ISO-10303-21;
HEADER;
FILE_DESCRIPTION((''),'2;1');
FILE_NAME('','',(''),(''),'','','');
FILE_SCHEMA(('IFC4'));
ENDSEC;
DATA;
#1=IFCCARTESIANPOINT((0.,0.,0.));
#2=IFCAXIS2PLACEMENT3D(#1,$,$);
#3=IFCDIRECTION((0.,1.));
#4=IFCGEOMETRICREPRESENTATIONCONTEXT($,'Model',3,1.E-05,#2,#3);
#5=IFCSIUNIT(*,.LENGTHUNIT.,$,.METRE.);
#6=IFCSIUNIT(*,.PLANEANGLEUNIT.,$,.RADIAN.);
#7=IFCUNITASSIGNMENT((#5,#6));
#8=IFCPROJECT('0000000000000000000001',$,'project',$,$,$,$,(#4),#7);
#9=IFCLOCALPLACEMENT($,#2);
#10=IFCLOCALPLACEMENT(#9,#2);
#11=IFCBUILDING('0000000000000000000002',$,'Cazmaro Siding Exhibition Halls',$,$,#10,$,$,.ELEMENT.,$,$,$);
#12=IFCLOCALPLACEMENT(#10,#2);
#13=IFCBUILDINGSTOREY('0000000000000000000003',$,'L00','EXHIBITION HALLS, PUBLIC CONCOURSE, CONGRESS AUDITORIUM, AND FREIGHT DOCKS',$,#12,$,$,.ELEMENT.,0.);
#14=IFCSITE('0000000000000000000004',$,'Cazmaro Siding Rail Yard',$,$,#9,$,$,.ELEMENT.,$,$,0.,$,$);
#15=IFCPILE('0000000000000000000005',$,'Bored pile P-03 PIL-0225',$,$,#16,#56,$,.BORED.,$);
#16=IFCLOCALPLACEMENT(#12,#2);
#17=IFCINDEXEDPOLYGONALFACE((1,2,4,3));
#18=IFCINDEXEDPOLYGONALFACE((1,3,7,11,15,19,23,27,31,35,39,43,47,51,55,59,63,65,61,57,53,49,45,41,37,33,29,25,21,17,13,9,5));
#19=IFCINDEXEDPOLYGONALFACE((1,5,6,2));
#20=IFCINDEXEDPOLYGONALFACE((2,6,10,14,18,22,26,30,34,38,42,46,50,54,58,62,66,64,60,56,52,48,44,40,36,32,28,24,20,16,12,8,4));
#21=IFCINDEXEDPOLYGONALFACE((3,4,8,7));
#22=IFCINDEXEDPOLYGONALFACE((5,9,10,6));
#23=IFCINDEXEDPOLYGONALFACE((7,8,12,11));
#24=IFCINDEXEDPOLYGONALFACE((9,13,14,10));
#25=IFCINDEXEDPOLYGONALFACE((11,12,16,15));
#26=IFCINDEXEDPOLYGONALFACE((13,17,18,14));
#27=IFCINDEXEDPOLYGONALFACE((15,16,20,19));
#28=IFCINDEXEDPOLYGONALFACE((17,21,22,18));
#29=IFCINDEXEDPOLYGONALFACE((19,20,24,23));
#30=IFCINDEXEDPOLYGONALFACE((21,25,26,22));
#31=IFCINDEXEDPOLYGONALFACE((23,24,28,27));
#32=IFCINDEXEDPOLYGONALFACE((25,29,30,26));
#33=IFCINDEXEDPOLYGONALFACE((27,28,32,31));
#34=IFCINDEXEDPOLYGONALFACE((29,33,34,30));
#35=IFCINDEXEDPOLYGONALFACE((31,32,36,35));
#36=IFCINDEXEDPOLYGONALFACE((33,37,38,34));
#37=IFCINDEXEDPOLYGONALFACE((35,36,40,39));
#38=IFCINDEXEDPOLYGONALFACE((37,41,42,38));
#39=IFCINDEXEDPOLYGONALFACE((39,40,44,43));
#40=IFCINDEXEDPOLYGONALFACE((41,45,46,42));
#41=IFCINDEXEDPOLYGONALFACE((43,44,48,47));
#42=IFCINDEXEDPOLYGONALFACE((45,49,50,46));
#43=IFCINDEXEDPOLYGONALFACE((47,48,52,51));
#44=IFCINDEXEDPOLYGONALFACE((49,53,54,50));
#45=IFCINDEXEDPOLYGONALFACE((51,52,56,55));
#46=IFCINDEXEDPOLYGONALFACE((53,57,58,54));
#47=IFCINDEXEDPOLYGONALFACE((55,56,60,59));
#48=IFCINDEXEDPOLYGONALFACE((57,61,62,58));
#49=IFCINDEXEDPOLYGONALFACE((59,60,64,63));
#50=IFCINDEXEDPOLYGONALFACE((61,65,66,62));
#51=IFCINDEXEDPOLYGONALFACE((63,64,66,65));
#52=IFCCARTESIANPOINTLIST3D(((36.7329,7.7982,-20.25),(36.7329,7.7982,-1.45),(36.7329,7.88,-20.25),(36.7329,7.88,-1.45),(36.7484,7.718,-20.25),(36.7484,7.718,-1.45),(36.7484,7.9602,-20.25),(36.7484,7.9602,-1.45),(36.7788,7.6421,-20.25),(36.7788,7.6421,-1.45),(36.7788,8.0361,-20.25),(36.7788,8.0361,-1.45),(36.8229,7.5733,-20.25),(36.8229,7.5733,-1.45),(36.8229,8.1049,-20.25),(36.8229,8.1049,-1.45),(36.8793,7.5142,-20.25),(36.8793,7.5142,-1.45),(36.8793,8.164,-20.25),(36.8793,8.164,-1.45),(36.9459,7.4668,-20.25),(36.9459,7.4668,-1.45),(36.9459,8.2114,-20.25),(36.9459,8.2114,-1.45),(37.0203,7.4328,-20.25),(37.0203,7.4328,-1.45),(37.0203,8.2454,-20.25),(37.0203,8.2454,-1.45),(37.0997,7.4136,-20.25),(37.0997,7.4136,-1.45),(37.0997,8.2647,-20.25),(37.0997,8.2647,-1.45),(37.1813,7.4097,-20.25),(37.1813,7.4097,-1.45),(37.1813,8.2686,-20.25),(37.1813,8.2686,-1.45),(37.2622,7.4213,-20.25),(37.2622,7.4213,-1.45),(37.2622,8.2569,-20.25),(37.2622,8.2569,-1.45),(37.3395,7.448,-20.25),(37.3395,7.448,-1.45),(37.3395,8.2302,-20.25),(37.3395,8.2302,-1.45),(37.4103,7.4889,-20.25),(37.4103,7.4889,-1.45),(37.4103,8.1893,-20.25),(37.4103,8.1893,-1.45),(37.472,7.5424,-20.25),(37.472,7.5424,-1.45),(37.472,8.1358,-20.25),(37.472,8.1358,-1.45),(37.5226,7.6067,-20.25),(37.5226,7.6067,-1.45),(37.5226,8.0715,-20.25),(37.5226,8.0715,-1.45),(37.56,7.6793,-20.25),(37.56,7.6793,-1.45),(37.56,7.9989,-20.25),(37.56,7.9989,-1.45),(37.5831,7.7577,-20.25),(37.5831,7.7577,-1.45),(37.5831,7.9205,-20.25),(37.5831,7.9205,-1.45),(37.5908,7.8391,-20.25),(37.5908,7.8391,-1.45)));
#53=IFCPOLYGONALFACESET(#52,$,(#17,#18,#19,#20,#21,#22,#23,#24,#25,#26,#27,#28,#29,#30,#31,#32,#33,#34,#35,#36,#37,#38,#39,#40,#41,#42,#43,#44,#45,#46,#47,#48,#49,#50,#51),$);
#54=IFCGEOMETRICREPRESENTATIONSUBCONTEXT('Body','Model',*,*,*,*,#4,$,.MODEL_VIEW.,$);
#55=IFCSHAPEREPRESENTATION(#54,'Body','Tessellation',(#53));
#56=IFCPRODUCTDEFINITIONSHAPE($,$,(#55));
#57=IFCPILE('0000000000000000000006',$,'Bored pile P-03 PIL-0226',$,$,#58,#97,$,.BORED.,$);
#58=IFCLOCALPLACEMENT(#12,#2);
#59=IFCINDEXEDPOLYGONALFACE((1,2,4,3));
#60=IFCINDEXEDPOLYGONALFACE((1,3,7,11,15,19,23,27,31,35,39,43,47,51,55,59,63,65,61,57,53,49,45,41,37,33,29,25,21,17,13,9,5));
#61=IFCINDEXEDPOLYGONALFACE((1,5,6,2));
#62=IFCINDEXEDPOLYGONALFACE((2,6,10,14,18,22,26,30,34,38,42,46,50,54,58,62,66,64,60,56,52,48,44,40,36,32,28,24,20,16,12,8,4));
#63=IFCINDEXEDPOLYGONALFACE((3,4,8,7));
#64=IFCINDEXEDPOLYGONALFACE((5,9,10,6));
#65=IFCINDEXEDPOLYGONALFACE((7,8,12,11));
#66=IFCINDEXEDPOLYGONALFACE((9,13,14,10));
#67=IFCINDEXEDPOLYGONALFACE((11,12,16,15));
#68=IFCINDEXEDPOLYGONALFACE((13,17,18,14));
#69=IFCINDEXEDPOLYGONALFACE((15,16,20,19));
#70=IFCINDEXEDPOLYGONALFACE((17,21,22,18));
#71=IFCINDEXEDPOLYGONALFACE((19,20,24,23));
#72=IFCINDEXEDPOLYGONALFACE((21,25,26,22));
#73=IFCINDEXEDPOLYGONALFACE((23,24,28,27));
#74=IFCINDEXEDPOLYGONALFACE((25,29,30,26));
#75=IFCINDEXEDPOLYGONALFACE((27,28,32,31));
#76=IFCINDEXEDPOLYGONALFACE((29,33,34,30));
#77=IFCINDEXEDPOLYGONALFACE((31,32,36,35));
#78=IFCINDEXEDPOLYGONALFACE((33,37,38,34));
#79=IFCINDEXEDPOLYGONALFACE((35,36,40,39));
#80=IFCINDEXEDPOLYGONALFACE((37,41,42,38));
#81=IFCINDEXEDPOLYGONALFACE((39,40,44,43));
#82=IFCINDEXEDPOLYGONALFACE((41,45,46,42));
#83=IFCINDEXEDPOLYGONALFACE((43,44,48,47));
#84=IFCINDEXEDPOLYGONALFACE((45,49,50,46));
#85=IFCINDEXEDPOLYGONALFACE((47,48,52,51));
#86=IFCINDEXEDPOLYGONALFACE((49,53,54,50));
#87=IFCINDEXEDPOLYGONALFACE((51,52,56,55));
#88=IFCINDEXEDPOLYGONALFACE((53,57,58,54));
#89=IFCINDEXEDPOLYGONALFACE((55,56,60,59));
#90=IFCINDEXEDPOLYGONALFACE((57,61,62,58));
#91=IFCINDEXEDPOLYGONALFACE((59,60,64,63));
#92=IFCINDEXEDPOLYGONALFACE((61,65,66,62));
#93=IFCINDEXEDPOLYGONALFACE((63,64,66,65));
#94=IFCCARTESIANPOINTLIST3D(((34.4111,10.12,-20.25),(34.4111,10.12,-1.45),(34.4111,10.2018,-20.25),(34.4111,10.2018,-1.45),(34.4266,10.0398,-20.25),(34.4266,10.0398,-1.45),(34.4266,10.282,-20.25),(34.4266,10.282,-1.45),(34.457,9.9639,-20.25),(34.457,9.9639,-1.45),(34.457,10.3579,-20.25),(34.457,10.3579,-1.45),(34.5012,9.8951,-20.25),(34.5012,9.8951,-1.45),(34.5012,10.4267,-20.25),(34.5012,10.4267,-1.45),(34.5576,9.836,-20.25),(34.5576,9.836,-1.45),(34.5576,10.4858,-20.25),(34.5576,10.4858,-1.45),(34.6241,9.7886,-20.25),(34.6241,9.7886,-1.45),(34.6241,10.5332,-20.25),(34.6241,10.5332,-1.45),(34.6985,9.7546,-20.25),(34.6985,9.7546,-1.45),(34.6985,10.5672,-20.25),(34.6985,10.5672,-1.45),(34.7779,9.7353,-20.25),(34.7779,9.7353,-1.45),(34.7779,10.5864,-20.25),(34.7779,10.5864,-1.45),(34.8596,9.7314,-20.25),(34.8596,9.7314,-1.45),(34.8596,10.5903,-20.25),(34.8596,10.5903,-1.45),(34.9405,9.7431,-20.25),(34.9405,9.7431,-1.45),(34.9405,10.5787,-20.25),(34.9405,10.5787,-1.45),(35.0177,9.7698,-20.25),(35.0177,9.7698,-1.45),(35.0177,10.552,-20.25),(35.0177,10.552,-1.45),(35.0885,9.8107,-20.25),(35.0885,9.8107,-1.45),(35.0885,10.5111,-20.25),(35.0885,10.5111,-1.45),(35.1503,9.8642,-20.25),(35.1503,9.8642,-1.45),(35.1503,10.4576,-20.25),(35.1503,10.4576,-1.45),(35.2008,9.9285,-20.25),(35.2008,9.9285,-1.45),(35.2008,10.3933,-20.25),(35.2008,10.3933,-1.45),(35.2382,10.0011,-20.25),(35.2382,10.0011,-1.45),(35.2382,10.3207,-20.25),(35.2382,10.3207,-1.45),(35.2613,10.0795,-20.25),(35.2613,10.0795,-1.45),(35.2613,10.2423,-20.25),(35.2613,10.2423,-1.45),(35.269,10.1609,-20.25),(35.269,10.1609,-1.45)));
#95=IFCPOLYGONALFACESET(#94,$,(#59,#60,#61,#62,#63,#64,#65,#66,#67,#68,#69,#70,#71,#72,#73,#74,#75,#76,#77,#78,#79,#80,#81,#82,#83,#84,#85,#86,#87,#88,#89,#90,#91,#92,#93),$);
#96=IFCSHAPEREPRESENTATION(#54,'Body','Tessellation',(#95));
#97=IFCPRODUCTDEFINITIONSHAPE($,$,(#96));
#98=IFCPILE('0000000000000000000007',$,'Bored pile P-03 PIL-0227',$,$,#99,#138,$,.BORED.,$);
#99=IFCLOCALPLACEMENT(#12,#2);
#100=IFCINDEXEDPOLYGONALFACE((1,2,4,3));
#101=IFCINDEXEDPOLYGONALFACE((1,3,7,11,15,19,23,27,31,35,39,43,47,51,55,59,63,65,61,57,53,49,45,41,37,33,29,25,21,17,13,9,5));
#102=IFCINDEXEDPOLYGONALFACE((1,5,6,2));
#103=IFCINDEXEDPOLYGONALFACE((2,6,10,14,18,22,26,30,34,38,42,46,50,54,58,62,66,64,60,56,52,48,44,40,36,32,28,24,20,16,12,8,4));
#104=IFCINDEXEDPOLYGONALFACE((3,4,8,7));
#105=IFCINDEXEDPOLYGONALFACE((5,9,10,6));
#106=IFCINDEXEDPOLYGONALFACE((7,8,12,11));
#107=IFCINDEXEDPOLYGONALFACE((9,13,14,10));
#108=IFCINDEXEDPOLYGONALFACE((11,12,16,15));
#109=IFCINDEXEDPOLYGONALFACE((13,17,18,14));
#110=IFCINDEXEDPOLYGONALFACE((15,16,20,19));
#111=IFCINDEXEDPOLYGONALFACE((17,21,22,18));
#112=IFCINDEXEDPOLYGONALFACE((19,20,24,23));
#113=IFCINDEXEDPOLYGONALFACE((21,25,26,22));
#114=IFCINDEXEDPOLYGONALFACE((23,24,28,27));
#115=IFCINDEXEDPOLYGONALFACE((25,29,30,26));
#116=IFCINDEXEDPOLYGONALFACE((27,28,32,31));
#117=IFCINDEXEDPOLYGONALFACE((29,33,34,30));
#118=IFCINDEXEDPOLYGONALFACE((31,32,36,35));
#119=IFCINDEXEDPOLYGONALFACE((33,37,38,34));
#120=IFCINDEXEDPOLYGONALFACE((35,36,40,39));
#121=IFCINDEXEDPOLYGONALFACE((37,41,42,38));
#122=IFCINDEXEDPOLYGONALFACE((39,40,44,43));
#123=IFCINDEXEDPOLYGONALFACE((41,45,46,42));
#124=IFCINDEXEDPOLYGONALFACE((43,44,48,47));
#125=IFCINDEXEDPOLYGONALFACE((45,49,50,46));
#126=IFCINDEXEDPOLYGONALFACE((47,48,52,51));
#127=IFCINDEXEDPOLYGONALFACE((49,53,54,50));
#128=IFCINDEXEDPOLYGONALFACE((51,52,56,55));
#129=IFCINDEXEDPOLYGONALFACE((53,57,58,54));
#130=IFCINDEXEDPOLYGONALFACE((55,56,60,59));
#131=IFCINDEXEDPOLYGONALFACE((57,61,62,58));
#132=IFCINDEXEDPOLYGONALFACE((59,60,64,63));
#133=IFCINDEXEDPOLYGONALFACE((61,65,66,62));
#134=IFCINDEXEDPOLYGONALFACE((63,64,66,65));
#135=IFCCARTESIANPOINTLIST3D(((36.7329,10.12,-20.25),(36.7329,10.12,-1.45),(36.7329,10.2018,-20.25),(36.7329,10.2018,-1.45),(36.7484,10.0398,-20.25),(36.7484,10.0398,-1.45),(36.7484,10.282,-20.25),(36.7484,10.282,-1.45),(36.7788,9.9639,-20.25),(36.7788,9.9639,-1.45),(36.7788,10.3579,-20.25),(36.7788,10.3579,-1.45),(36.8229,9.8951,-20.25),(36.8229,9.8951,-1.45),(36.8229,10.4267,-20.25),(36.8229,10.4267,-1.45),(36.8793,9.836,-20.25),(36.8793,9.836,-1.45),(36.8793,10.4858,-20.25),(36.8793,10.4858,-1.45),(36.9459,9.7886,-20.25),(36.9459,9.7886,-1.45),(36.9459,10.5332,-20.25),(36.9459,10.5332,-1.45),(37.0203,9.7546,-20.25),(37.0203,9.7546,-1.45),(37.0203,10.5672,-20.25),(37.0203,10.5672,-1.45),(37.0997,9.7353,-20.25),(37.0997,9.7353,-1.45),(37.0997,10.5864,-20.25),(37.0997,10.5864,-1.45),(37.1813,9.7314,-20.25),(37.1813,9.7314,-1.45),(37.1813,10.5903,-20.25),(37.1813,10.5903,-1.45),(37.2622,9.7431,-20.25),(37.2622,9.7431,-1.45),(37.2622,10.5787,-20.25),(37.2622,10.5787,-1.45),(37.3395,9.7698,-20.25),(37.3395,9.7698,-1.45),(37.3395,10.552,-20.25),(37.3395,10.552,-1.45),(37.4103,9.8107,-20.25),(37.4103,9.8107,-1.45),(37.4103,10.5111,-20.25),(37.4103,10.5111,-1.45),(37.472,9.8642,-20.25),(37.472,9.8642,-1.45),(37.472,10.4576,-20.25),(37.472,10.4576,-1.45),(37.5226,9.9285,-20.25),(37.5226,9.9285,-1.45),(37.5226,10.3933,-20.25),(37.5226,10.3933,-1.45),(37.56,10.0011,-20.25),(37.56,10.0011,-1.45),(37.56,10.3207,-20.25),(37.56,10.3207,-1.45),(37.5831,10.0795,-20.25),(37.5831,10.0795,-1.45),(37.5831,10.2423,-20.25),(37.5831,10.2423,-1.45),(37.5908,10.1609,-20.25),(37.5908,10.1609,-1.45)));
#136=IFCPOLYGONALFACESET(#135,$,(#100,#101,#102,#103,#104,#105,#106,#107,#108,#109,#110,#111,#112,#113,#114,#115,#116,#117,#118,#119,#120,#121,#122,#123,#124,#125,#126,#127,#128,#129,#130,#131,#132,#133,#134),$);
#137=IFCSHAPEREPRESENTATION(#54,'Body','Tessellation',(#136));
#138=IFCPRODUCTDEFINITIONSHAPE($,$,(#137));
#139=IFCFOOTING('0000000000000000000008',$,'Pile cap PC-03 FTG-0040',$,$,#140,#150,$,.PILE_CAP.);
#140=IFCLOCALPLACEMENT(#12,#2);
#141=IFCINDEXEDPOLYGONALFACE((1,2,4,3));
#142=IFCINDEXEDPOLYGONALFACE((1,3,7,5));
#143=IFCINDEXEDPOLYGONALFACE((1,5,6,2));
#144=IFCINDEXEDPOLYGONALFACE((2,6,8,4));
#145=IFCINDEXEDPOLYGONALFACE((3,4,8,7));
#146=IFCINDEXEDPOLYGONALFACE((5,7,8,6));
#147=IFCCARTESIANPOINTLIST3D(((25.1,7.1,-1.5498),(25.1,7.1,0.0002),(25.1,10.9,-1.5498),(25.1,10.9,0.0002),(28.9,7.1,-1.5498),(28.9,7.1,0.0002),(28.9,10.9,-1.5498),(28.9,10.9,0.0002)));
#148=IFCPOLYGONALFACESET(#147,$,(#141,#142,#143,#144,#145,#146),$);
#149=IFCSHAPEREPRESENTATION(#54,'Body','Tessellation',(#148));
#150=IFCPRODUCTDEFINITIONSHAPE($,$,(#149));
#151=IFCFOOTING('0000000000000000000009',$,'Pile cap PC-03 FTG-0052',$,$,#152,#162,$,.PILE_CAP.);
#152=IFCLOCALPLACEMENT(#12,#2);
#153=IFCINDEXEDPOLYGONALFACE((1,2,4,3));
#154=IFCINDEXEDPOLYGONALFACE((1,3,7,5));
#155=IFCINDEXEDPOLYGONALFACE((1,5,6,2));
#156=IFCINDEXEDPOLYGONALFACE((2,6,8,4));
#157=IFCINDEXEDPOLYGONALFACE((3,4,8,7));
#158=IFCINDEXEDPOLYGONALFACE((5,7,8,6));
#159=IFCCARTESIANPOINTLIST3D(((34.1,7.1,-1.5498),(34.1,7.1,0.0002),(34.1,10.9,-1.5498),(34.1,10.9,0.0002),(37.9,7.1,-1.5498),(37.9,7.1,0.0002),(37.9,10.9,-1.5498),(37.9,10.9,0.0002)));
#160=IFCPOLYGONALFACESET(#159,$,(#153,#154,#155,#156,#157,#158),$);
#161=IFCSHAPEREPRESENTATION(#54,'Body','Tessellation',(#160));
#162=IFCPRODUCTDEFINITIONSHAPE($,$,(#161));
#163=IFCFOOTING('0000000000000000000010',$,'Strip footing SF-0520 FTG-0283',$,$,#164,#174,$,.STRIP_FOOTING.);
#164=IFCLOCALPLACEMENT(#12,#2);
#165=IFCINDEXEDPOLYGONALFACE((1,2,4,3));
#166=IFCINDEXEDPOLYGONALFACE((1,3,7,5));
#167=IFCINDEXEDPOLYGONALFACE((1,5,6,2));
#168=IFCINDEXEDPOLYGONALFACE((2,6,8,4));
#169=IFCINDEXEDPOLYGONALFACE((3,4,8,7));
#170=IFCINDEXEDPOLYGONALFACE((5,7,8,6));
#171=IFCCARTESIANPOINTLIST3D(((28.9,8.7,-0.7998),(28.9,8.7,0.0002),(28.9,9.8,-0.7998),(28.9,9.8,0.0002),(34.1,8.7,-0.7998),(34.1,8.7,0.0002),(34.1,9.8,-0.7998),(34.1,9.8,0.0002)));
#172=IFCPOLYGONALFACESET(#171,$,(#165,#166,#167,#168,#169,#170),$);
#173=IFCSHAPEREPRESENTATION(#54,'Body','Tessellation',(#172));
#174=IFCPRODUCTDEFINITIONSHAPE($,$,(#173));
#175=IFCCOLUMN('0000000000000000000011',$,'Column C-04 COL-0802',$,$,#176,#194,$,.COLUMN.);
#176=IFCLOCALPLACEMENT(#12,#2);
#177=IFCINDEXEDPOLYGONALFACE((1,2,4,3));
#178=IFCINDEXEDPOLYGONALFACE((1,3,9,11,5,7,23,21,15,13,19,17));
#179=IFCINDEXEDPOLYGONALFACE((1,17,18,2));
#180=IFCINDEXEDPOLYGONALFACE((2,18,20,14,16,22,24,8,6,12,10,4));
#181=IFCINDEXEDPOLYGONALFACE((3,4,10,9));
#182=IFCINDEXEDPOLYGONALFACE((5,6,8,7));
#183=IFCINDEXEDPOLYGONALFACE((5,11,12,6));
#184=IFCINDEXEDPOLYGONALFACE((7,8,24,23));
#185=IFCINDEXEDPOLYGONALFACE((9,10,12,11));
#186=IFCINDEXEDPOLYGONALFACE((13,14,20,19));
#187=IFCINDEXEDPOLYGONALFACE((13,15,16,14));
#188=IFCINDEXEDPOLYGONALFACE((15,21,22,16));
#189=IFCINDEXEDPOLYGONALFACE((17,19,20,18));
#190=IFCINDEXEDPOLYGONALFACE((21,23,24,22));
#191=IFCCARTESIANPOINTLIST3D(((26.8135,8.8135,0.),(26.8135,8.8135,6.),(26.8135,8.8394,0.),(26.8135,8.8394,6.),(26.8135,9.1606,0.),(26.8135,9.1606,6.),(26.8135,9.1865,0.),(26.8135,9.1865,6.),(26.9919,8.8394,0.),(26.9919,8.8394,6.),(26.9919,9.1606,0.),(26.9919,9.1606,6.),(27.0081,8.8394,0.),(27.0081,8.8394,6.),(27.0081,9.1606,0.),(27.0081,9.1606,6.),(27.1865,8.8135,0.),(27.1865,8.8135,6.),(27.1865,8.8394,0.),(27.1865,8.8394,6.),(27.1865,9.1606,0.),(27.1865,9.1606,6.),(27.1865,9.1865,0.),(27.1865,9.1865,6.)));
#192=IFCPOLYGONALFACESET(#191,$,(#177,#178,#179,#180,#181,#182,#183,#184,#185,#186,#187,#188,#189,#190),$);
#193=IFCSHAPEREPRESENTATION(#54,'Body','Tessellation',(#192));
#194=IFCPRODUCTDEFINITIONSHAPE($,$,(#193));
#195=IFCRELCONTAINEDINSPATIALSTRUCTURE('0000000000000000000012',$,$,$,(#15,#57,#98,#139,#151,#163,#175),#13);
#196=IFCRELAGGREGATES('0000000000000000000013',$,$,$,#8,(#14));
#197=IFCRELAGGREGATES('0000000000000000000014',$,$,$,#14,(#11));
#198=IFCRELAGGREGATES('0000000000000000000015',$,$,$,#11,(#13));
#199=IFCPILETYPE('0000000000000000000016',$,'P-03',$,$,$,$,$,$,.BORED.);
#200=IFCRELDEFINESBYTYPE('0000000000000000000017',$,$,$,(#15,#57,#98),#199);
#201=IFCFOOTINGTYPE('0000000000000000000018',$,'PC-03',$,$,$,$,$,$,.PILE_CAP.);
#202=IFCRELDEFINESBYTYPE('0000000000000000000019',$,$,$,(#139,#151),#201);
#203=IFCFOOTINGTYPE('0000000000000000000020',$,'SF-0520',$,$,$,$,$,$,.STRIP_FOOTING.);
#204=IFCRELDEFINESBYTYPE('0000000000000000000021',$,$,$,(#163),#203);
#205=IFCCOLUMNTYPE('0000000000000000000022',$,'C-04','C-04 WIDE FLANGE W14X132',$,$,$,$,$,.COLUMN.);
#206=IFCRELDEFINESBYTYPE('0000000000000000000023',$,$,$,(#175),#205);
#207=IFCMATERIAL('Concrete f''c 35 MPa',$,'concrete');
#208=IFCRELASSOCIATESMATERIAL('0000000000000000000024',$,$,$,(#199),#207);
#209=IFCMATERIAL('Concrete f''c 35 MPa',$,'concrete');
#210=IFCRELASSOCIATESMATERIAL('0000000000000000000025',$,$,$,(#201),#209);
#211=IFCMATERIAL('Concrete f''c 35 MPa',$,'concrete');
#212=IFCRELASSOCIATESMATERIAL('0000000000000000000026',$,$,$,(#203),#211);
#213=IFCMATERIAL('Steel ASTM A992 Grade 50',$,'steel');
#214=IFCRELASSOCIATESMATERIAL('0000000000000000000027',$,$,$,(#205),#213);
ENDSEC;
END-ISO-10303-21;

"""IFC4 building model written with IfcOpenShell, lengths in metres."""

from ifc_helpers import new_model, si_unit, direction, frame, origin, origin_2d, place, context, subcontext, project, spatial, rectangle, circle, i_section, extrude, material, material_profile, profile_set, type_object, element, save


model = new_model("IFC4")

# Units and contexts
model_context = context("Model", 3, precision=1e-05, world=origin(), true_north=direction((0.0, 1.0)))
body_context = subcontext(model_context, "Body", "Model", "MODEL_VIEW")
ifc_project = project(units=[si_unit("LENGTHUNIT", "METRE"), si_unit("PLANEANGLEUNIT", "RADIAN")], contexts=[model_context])

# Site, building, storey
site_placement = place(None, origin())
site = spatial("IfcSite", under=ifc_project, at=site_placement, Name="Cazmaro Siding Rail Yard", CompositionType="ELEMENT", RefElevation=0.0)
building_placement = place(site_placement, origin())
building = spatial("IfcBuilding", under=site, at=building_placement, Name="Cazmaro Siding Exhibition Halls", CompositionType="ELEMENT")
storey_placement = place(building_placement, origin())
storey = spatial("IfcBuildingStorey", under=building, at=storey_placement, Name="L00", Description="EXHIBITION HALLS, PUBLIC CONCOURSE, CONGRESS AUDITORIUM, AND FREIGHT DOCKS", CompositionType="ELEMENT", Elevation=0.0)

# Piles
ifc_material_1 = material(Name="Concrete f'c 35 MPa", Category="concrete")
ifc_material_profile_1 = material_profile(ifc_material_1, circle(Radius=0.4299, at=origin_2d()), Name="CIDH-860")
ifc_profile_set_1 = profile_set([ifc_material_profile_1], Name="Concrete f'c 35 MPa")
pile_type = type_object("IfcPileType", Name="P-03", PredefinedType="BORED", material=ifc_profile_set_1)
for number, where, z_axis, x_axis, name in (
    (1, (37.1609, 7.8391, -1.45), (0.0, 0.0, -1.0), (1.0, 0.0, 0.0), "Bored pile P-03 PIL-0225"),
    (2, (34.8391, 10.1609, -1.45), (0.0, 0.0, -1.0), (1.0, 0.0, 0.0), "Bored pile P-03 PIL-0226"),
    (3, (37.1609, 10.1609, -1.45), (0.0, 0.0, -1.0), (1.0, 0.0, 0.0), "Bored pile P-03 PIL-0227"),
):
    element("IfcPile", number, at=place(storey_placement, frame(where, z_axis=z_axis, x_axis=x_axis)), inside=storey, type_object=pile_type, Name=name, PredefinedType="BORED", context=body_context, shape_type="SweptSolid", body=[
        extrude(circle(Radius=0.4299, at=origin_2d()), origin(), (0.0, 0.0, 1.0), 18.8),
    ])

# Footings
ifc_material_2 = material(Name="Concrete f'c 35 MPa", Category="concrete")
footing_type_1 = type_object("IfcFootingType", Name="PC-03", PredefinedType="PILE_CAP", material=ifc_material_2)
for number, where, z_axis, x_axis, name in (
    (4, (27.0, 9.0, -1.5498), (0.0, 0.0, 1.0), (1.0, 0.0, 0.0), "Pile cap PC-03 FTG-0040"),
    (5, (36.0, 9.0, -1.5498), (0.0, 0.0, 1.0), (1.0, 0.0, 0.0), "Pile cap PC-03 FTG-0052"),
):
    element("IfcFooting", number, at=place(storey_placement, frame(where, z_axis=z_axis, x_axis=x_axis)), inside=storey, type_object=footing_type_1, Name=name, PredefinedType="PILE_CAP", context=body_context, shape_type="SweptSolid", body=[
        extrude(rectangle(XDim=3.8, YDim=3.8, at=origin_2d()), origin(), (0.0, 0.0, 1.0), 1.55),
    ])
ifc_material_3 = material(Name="Concrete f'c 35 MPa", Category="concrete")
footing_type_2 = type_object("IfcFootingType", Name="SF-0520", PredefinedType="STRIP_FOOTING", material=ifc_material_3)
footing_placement = place(storey_placement, frame((31.5, 9.25, -0.7998), z_axis=(0.0, 0.0, 1.0), x_axis=(1.0, 0.0, 0.0)))
element("IfcFooting", 6, at=footing_placement, inside=storey, type_object=footing_type_2, Name="Strip footing SF-0520 FTG-0283", PredefinedType="STRIP_FOOTING", context=body_context, shape_type="SweptSolid", body=[
    extrude(rectangle(XDim=5.2, YDim=1.1001, at=origin_2d()), origin(), (0.0, 0.0, 1.0), 0.8),
])

# Column
ifc_material_4 = material(Name="Steel ASTM A992 Grade 50", Category="steel")
ifc_material_profile_2 = material_profile(ifc_material_4, i_section(OverallWidth=0.373, OverallDepth=0.373, WebThickness=0.0161, FlangeThickness=0.0259, at=origin_2d()), Name="W14X132")
ifc_profile_set_2 = profile_set([ifc_material_profile_2], Name="Steel ASTM A992 Grade 50")
column_type = type_object("IfcColumnType", Name="C-04", Description="C-04 WIDE FLANGE W14X132", PredefinedType="COLUMN", material=ifc_profile_set_2)
for number, where, z_axis, x_axis, name in (
    (7, (27.0, 9.0, 0.0), (0.0, 0.0, 1.0), (1.0, 0.0, 0.0), "Column C-04 COL-0802"),
):
    element("IfcColumn", number, at=place(storey_placement, frame(where, z_axis=z_axis, x_axis=x_axis)), inside=storey, type_object=column_type, Name=name, PredefinedType="COLUMN", context=body_context, shape_type="SweptSolid", body=[
        extrude(i_section(OverallWidth=0.373, OverallDepth=0.373, WebThickness=0.0161, FlangeThickness=0.0259, at=origin_2d()), origin(), (0.0, 0.0, 1.0), 6.0),
    ])

save(model, "model.ifc")
